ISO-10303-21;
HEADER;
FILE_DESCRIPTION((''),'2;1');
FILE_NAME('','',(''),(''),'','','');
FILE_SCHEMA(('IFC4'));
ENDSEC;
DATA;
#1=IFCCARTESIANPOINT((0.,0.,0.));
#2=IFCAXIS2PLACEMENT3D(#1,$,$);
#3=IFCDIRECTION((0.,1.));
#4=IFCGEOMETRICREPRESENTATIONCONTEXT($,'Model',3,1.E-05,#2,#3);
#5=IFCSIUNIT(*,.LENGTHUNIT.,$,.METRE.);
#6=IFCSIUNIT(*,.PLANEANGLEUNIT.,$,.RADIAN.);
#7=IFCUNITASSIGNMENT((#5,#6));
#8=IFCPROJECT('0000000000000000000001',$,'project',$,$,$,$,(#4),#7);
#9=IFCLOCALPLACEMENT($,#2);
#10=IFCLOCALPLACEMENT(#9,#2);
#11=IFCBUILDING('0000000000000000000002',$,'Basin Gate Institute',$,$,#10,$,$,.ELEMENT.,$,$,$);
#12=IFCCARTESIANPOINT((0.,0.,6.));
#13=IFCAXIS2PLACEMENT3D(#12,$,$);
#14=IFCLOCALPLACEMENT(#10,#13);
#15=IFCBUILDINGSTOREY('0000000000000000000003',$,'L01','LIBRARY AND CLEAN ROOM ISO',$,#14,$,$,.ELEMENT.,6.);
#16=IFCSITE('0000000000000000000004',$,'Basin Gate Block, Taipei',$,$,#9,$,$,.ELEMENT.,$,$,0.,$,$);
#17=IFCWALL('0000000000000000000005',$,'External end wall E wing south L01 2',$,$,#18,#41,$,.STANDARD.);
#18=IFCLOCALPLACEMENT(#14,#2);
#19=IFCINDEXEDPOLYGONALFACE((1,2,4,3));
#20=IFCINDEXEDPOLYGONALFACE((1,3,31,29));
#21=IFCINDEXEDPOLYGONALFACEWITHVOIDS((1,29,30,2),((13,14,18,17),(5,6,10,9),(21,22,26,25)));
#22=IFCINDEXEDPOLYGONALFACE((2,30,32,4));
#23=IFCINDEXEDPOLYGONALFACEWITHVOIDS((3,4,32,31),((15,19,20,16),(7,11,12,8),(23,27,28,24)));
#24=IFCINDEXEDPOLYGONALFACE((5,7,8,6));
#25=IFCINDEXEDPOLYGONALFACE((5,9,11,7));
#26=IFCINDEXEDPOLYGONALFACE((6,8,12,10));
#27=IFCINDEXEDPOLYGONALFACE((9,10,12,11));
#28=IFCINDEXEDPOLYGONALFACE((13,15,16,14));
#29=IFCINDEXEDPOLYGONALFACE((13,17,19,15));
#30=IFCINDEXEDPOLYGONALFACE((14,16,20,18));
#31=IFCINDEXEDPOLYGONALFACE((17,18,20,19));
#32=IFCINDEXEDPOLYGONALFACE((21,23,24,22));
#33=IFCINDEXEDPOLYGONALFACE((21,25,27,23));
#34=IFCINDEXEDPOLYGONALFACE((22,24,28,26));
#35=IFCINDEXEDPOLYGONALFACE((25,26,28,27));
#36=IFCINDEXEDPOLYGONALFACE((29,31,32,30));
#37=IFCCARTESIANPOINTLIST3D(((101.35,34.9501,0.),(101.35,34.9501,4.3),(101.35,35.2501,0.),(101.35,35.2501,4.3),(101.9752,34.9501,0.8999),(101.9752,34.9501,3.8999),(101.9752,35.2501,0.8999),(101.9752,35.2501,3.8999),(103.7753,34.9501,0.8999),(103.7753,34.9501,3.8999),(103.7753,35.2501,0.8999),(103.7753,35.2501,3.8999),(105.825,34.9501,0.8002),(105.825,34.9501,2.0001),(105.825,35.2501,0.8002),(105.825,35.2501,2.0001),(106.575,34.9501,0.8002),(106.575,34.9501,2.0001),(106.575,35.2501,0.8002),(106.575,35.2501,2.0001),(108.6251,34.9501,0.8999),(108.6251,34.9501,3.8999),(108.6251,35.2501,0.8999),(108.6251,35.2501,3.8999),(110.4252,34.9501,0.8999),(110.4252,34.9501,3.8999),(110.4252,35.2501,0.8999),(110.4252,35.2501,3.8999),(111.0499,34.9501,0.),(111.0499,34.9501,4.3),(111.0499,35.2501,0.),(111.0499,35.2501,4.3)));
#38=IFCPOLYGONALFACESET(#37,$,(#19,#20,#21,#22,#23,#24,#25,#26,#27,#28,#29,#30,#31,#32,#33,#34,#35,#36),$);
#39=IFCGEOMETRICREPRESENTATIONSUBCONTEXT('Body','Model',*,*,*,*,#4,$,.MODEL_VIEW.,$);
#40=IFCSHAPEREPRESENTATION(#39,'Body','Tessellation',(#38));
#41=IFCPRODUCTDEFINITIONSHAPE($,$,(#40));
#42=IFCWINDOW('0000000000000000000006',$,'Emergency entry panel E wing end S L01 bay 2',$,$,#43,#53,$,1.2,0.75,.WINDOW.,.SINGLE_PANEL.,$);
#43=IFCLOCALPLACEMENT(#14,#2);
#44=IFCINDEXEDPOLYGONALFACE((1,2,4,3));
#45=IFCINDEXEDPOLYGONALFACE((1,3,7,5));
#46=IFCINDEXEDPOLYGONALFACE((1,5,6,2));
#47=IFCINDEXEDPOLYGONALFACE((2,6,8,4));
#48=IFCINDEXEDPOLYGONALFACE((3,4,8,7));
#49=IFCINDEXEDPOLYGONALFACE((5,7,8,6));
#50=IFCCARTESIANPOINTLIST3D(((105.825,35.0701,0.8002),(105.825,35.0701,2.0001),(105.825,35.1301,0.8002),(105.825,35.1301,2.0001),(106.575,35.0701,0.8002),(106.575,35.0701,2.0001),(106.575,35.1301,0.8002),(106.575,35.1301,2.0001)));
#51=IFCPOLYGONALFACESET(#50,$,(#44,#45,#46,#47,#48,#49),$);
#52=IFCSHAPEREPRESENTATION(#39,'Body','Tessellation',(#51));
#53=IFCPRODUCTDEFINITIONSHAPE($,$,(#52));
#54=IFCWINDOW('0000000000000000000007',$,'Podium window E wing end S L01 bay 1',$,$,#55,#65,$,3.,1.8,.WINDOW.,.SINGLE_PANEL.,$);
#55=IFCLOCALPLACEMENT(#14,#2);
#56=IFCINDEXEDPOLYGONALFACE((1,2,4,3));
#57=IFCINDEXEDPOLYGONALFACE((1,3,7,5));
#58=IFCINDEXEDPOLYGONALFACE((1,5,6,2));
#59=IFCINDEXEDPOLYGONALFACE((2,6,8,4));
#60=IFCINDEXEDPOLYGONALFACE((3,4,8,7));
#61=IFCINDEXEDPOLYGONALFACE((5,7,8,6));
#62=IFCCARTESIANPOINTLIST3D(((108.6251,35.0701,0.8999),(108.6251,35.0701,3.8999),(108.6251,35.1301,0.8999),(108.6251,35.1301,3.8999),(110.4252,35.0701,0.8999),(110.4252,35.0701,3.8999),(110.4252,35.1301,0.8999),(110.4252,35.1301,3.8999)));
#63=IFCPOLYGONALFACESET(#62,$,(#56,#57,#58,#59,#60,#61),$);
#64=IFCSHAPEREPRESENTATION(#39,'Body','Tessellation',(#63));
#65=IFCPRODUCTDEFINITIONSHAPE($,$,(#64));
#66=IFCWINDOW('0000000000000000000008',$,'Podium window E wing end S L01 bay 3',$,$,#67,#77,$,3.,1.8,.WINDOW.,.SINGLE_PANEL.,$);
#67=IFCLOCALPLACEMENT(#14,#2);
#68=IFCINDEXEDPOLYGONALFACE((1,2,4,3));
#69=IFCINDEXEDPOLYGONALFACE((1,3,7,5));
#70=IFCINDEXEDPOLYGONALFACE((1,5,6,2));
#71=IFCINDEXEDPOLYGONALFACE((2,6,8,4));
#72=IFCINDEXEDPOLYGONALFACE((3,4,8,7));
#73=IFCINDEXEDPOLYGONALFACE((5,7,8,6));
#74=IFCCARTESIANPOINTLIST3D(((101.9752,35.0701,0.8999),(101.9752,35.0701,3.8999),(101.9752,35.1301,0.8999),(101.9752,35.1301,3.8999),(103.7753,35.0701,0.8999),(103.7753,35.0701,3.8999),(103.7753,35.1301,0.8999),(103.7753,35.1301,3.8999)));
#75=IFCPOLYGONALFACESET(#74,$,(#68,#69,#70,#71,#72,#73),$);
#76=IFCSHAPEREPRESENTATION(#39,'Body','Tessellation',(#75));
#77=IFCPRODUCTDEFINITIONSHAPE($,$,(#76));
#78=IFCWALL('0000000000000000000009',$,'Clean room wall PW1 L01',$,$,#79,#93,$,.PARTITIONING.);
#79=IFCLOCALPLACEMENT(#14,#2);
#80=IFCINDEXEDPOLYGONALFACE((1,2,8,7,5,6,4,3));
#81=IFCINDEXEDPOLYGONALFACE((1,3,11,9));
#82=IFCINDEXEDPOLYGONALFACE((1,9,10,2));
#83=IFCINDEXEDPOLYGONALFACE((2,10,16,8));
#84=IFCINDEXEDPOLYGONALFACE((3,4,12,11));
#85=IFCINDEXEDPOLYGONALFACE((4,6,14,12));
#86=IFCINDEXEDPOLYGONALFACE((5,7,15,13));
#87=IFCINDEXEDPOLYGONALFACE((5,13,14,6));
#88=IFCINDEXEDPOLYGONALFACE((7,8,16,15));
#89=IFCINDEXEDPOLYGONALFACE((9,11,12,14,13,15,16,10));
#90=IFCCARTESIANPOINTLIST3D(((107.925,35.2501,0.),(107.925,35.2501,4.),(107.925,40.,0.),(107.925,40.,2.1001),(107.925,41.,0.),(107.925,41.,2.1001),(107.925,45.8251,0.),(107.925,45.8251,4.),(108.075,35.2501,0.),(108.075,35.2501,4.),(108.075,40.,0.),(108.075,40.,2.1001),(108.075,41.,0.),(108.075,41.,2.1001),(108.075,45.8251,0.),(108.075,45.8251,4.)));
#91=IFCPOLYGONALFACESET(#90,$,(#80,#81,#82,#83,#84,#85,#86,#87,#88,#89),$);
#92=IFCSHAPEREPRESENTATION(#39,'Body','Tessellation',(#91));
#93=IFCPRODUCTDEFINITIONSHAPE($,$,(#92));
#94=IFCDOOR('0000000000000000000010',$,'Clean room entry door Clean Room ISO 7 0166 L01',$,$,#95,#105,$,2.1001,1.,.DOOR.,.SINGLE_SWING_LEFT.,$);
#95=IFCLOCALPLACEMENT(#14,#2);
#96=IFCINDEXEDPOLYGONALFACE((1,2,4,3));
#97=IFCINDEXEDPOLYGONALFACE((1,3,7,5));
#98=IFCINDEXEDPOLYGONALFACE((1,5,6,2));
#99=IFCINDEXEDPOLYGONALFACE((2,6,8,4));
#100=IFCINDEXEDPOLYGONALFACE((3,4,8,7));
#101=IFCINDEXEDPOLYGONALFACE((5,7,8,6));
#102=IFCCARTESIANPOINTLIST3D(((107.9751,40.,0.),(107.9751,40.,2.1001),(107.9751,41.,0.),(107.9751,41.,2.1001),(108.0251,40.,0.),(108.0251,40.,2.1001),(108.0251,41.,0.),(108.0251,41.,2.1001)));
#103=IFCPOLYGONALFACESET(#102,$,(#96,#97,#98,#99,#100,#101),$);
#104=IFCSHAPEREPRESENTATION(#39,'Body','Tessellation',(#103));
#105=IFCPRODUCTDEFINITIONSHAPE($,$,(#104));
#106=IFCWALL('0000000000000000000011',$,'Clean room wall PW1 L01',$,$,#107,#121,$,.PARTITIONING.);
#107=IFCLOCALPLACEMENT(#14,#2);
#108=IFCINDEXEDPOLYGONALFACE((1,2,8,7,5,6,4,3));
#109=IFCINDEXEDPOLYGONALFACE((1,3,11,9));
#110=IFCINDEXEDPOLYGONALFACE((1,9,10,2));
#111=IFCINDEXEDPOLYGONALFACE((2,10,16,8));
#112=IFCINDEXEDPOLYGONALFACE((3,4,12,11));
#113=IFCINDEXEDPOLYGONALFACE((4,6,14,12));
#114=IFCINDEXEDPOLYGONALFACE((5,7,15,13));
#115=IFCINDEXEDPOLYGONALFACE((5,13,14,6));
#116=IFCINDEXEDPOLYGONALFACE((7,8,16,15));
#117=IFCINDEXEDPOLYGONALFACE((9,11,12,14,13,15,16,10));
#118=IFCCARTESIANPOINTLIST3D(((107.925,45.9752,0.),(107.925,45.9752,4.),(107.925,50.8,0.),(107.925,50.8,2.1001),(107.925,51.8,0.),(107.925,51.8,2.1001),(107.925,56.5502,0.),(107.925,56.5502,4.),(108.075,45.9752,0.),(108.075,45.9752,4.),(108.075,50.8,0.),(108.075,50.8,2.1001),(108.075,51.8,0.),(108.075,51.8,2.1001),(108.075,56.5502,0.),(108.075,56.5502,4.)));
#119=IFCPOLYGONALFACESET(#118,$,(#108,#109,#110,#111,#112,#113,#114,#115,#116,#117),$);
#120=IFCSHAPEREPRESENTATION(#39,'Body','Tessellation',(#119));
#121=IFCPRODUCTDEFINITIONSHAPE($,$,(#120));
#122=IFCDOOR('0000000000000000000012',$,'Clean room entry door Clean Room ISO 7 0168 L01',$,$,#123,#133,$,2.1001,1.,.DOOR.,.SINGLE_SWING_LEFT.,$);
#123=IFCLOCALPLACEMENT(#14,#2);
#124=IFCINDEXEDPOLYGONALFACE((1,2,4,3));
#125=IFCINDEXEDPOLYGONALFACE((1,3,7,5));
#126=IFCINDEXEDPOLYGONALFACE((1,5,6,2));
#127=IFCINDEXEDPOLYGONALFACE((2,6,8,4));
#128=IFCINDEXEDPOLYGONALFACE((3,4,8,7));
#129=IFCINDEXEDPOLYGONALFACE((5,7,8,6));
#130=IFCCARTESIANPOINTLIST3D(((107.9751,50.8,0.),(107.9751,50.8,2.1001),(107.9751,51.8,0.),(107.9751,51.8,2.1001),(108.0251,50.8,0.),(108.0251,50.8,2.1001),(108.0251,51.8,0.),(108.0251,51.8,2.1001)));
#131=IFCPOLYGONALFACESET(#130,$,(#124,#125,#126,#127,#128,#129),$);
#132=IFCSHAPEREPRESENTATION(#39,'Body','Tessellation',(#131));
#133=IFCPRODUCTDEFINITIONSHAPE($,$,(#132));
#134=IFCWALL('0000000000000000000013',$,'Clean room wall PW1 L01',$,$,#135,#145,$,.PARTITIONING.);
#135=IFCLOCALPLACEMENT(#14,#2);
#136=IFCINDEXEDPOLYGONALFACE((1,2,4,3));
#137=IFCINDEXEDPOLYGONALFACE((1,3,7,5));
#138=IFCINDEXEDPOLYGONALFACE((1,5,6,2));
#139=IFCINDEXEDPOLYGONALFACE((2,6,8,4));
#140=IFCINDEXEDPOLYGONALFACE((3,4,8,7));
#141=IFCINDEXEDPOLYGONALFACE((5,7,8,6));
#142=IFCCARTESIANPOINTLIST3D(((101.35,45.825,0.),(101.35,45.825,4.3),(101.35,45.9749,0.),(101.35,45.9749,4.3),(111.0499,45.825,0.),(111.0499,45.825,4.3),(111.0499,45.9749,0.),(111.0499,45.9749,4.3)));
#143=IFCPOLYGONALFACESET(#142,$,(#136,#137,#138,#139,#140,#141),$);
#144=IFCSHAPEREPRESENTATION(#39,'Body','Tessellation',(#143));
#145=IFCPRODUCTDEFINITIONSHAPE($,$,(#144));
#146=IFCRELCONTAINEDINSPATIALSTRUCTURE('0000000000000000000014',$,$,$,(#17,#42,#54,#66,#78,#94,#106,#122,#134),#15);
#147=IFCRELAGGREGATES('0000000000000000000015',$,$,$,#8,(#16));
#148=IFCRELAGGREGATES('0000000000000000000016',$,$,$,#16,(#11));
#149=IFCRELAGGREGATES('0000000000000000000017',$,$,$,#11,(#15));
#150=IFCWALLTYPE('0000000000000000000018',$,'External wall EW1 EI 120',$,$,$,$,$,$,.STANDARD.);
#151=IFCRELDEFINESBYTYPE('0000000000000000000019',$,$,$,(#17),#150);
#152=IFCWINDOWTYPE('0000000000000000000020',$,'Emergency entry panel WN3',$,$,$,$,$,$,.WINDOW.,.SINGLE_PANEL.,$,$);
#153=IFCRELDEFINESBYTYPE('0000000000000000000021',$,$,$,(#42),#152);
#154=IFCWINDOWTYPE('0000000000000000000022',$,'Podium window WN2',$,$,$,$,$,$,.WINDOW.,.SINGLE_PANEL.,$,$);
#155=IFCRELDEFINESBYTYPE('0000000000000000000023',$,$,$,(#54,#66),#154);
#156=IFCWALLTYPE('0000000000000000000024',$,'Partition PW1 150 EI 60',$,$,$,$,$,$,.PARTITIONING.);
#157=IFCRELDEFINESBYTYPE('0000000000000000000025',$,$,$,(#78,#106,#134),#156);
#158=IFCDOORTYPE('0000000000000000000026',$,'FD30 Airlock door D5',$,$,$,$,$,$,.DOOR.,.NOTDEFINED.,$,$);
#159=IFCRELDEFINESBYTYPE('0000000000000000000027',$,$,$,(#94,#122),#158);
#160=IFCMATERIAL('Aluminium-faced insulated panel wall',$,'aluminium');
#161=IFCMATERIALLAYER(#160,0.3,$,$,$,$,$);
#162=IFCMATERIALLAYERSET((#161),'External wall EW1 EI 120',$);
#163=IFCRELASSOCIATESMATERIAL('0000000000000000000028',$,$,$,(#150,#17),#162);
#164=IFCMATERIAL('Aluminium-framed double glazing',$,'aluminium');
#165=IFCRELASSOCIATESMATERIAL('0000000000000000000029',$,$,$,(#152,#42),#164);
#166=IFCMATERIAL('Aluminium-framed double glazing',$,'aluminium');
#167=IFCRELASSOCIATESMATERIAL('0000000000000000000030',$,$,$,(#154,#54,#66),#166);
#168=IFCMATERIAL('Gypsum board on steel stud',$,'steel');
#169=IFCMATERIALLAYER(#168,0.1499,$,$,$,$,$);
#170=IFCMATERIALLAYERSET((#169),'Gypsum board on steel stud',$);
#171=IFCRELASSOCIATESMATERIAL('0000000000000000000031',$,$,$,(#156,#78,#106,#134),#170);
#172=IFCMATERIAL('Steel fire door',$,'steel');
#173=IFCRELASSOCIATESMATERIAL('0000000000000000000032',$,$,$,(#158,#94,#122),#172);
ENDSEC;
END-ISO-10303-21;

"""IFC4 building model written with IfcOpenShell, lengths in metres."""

from ifc_helpers import new_model, si_unit, direction, frame, frame_2d, origin, place, context, subcontext, project, spatial, rectangle, extrude, material, layer, layer_set, type_object, element, fill, save


model = new_model("IFC4")

# Units and contexts
model_context = context("Model", 3, precision=1e-05, world=origin(), true_north=direction((0.0, 1.0)))
body_context = subcontext(model_context, "Body", "Model", "MODEL_VIEW")
ifc_project = project(units=[si_unit("LENGTHUNIT", "METRE"), si_unit("PLANEANGLEUNIT", "RADIAN")], contexts=[model_context])

# Site, building, storey
site_placement = place(None, origin())
site = spatial("IfcSite", under=ifc_project, at=site_placement, Name="Basin Gate Block, Taipei", CompositionType="ELEMENT", RefElevation=0.0)
building_placement = place(site_placement, origin())
building = spatial("IfcBuilding", under=site, at=building_placement, Name="Basin Gate Institute", CompositionType="ELEMENT")
storey_placement = place(building_placement, frame((0.0, 0.0, 6.0)))
storey = spatial("IfcBuildingStorey", under=building, at=storey_placement, Name="L01", Description="LIBRARY AND CLEAN ROOM ISO", CompositionType="ELEMENT", Elevation=6.0)

# Wall, openings, windows
ifc_material_1 = material(Name="Aluminium-faced insulated panel wall", Category="aluminium")
ifc_layer_1 = layer(ifc_material_1, 0.3)
ifc_layer_set_1 = layer_set([ifc_layer_1], Name="External wall EW1 EI 120")
wall_type_1 = type_object("IfcWallType", Name="External wall EW1 EI 120", PredefinedType="STANDARD", material=ifc_layer_set_1)
wall_1_placement = place(storey_placement, frame((111.05, 35.1001, 0.0), z_axis=(0.0, 0.0, 1.0), x_axis=(-1.0, 0.0, 0.0)))
wall_1 = element("IfcWall", 1, at=wall_1_placement, inside=storey, type_object=wall_type_1, material=ifc_layer_set_1, Name="External end wall E wing south L01 2", PredefinedType="STANDARD", context=body_context, shape_type="SweptSolid", body=[
    extrude(rectangle(XDim=9.7, YDim=0.3, at=frame_2d((4.8501, 0.0))), origin(), (0.0, 0.0, 1.0), 4.3),
])
opening_1_placement = place(wall_1_placement, frame((0.625, 0.0, 0.8999)))
opening_1 = element("IfcOpeningElement", 2, at=opening_1_placement, cuts=wall_1, PredefinedType="OPENING", context=body_context, shape_type="SweptSolid", body=[
    extrude(rectangle(XDim=1.8, YDim=3.0, at=frame_2d((0.8999, 1.5))), frame((0.0, 0.1602, 0.0), z_axis=(0.0, -1.0, 0.0), x_axis=(1.0, 0.0, 0.0)), (0.0, 0.0, 1.0), 0.3201),
])
opening_2_placement = place(wall_1_placement, frame((4.4751, 0.0, 0.8)))
opening_2 = element("IfcOpeningElement", 3, at=opening_2_placement, cuts=wall_1, PredefinedType="OPENING", context=body_context, shape_type="SweptSolid", body=[
    extrude(rectangle(XDim=0.75, YDim=1.2, at=frame_2d((0.375, 0.6001))), frame((0.0, 0.1602, 0.0), z_axis=(0.0, -1.0, 0.0), x_axis=(1.0, 0.0, 0.0)), (0.0, 0.0, 1.0), 0.3201),
])
opening_3_placement = place(wall_1_placement, frame((7.2749, 0.0, 0.8999)))
opening_3 = element("IfcOpeningElement", 4, at=opening_3_placement, cuts=wall_1, PredefinedType="OPENING", context=body_context, shape_type="SweptSolid", body=[
    extrude(rectangle(XDim=1.8, YDim=3.0, at=frame_2d((0.8999, 1.5))), frame((0.0, 0.1602, 0.0), z_axis=(0.0, -1.0, 0.0), x_axis=(1.0, 0.0, 0.0)), (0.0, 0.0, 1.0), 0.3201),
])
ifc_material_2 = material(Name="Aluminium-framed double glazing", Category="aluminium")
window_type_1 = type_object("IfcWindowType", Name="Emergency entry panel WN3", PartitioningType="SINGLE_PANEL", PredefinedType="WINDOW", material=ifc_material_2)
window_1_placement = place(opening_2_placement, origin())
window_1 = element("IfcWindow", 5, at=window_1_placement, inside=storey, type_object=window_type_1, material=ifc_material_2, Name="Emergency entry panel E wing end S L01 bay 2", OverallHeight=1.2, OverallWidth=0.75, PartitioningType="SINGLE_PANEL", PredefinedType="WINDOW", context=body_context, shape_type="SweptSolid", body=[
    extrude(rectangle(XDim=0.75, YDim=1.2, at=frame_2d((0.375, 0.6001))), frame((0.0, 0.03, 0.0), z_axis=(0.0, -1.0, 0.0), x_axis=(1.0, 0.0, 0.0)), (0.0, 0.0, 1.0), 0.0601),
])
fill(opening_2, window_1)
ifc_material_3 = material(Name="Aluminium-framed double glazing", Category="aluminium")
window_type_2 = type_object("IfcWindowType", Name="Podium window WN2", PartitioningType="SINGLE_PANEL", PredefinedType="WINDOW", material=ifc_material_3)
window_2_placement = place(opening_1_placement, origin())
window_2 = element("IfcWindow", 6, at=window_2_placement, inside=storey, type_object=window_type_2, material=ifc_material_3, Name="Podium window E wing end S L01 bay 1", OverallHeight=3.0, OverallWidth=1.8, PartitioningType="SINGLE_PANEL", PredefinedType="WINDOW", context=body_context, shape_type="SweptSolid", body=[
    extrude(rectangle(XDim=1.8, YDim=3.0, at=frame_2d((0.8999, 1.5))), frame((0.0, 0.03, 0.0), z_axis=(0.0, -1.0, 0.0), x_axis=(1.0, 0.0, 0.0)), (0.0, 0.0, 1.0), 0.0601),
])
fill(opening_1, window_2)
window_3_placement = place(opening_3_placement, origin())
window_3 = element("IfcWindow", 7, at=window_3_placement, inside=storey, type_object=window_type_2, material=ifc_material_3, Name="Podium window E wing end S L01 bay 3", OverallHeight=3.0, OverallWidth=1.8, PartitioningType="SINGLE_PANEL", PredefinedType="WINDOW", context=body_context, shape_type="SweptSolid", body=[
    extrude(rectangle(XDim=1.8, YDim=3.0, at=frame_2d((0.8999, 1.5))), frame((0.0, 0.03, 0.0), z_axis=(0.0, -1.0, 0.0), x_axis=(1.0, 0.0, 0.0)), (0.0, 0.0, 1.0), 0.0601),
])
fill(opening_3, window_3)

# Walls, openings, doors
ifc_material_4 = material(Name="Gypsum board on steel stud", Category="steel")
ifc_layer_2 = layer(ifc_material_4, 0.1499)
ifc_layer_set_2 = layer_set([ifc_layer_2], Name="Gypsum board on steel stud")
wall_type_2 = type_object("IfcWallType", Name="Partition PW1 150 EI 60", PredefinedType="PARTITIONING", material=ifc_layer_set_2)
wall_2_placement = place(storey_placement, frame((108.0, 35.25, 0.0), z_axis=(0.0, 0.0, 1.0), x_axis=(0.0, 1.0, 0.0)))
wall_2 = element("IfcWall", 8, at=wall_2_placement, inside=storey, type_object=wall_type_2, material=ifc_layer_set_2, Name="Clean room wall PW1 L01", PredefinedType="PARTITIONING", context=body_context, shape_type="SweptSolid", body=[
    extrude(rectangle(XDim=10.575, YDim=0.1499, at=frame_2d((5.2876, 0.0))), origin(), (0.0, 0.0, 1.0), 4.0),
])
opening_4_placement = place(wall_2_placement, frame((4.75, 0.0, 0.0)))
opening_4 = element("IfcOpeningElement", 9, at=opening_4_placement, cuts=wall_2, PredefinedType="OPENING", context=body_context, shape_type="SweptSolid", body=[
    extrude(rectangle(XDim=1.0, YDim=2.1001, at=frame_2d((0.5, 1.05))), frame((0.0, 0.085, 0.0), z_axis=(0.0, -1.0, 0.0), x_axis=(1.0, 0.0, 0.0)), (0.0, 0.0, 1.0), 0.1699),
])
ifc_material_5 = material(Name="Steel fire door", Category="steel")
door_type = type_object("IfcDoorType", Name="FD30 Airlock door D5", OperationType="NOTDEFINED", PredefinedType="DOOR", material=ifc_material_5)
door_1_placement = place(opening_4_placement, origin())
door_1 = element("IfcDoor", 10, at=door_1_placement, inside=storey, type_object=door_type, material=ifc_material_5, Name="Clean room entry door Clean Room ISO 7 0166 L01", OperationType="SINGLE_SWING_LEFT", OverallHeight=2.1001, OverallWidth=1.0, PredefinedType="DOOR", context=body_context, shape_type="SweptSolid", body=[
    extrude(rectangle(XDim=1.0, YDim=2.1001, at=frame_2d((0.5, 1.05))), frame((0.0, 0.0249, 0.0), z_axis=(0.0, -1.0, 0.0), x_axis=(1.0, 0.0, 0.0)), (0.0, 0.0, 1.0), 0.05),
])
fill(opening_4, door_1)
wall_3_placement = place(storey_placement, frame((108.0, 45.9751, 0.0), z_axis=(0.0, 0.0, 1.0), x_axis=(0.0, 1.0, 0.0)))
wall_3 = element("IfcWall", 11, at=wall_3_placement, inside=storey, type_object=wall_type_2, material=ifc_layer_set_2, Name="Clean room wall PW1 L01", PredefinedType="PARTITIONING", context=body_context, shape_type="SweptSolid", body=[
    extrude(rectangle(XDim=10.575, YDim=0.1499, at=frame_2d((5.2876, 0.0))), origin(), (0.0, 0.0, 1.0), 4.0),
])
opening_5_placement = place(wall_3_placement, frame((4.825, 0.0, 0.0)))
opening_5 = element("IfcOpeningElement", 12, at=opening_5_placement, cuts=wall_3, PredefinedType="OPENING", context=body_context, shape_type="SweptSolid", body=[
    extrude(rectangle(XDim=1.0, YDim=2.1001, at=frame_2d((0.5, 1.05))), frame((0.0, 0.085, 0.0), z_axis=(0.0, -1.0, 0.0), x_axis=(1.0, 0.0, 0.0)), (0.0, 0.0, 1.0), 0.1699),
])
door_2_placement = place(opening_5_placement, origin())
door_2 = element("IfcDoor", 13, at=door_2_placement, inside=storey, type_object=door_type, material=ifc_material_5, Name="Clean room entry door Clean Room ISO 7 0168 L01", OperationType="SINGLE_SWING_LEFT", OverallHeight=2.1001, OverallWidth=1.0, PredefinedType="DOOR", context=body_context, shape_type="SweptSolid", body=[
    extrude(rectangle(XDim=1.0, YDim=2.1001, at=frame_2d((0.5, 1.05))), frame((0.0, 0.0249, 0.0), z_axis=(0.0, -1.0, 0.0), x_axis=(1.0, 0.0, 0.0)), (0.0, 0.0, 1.0), 0.05),
])
fill(opening_5, door_2)

# Wall
wall_4_placement = place(storey_placement, frame((111.05, 45.8999, 0.0), z_axis=(0.0, 0.0, 1.0), x_axis=(-1.0, 0.0, 0.0)))
element("IfcWall", 14, at=wall_4_placement, inside=storey, type_object=wall_type_2, material=ifc_layer_set_2, Name="Clean room wall PW1 L01", PredefinedType="PARTITIONING", context=body_context, shape_type="SweptSolid", body=[
    extrude(rectangle(XDim=9.7, YDim=0.1499, at=frame_2d((4.8501, 0.0))), origin(), (0.0, 0.0, 1.0), 4.3),
])

save(model, "model.ifc")
